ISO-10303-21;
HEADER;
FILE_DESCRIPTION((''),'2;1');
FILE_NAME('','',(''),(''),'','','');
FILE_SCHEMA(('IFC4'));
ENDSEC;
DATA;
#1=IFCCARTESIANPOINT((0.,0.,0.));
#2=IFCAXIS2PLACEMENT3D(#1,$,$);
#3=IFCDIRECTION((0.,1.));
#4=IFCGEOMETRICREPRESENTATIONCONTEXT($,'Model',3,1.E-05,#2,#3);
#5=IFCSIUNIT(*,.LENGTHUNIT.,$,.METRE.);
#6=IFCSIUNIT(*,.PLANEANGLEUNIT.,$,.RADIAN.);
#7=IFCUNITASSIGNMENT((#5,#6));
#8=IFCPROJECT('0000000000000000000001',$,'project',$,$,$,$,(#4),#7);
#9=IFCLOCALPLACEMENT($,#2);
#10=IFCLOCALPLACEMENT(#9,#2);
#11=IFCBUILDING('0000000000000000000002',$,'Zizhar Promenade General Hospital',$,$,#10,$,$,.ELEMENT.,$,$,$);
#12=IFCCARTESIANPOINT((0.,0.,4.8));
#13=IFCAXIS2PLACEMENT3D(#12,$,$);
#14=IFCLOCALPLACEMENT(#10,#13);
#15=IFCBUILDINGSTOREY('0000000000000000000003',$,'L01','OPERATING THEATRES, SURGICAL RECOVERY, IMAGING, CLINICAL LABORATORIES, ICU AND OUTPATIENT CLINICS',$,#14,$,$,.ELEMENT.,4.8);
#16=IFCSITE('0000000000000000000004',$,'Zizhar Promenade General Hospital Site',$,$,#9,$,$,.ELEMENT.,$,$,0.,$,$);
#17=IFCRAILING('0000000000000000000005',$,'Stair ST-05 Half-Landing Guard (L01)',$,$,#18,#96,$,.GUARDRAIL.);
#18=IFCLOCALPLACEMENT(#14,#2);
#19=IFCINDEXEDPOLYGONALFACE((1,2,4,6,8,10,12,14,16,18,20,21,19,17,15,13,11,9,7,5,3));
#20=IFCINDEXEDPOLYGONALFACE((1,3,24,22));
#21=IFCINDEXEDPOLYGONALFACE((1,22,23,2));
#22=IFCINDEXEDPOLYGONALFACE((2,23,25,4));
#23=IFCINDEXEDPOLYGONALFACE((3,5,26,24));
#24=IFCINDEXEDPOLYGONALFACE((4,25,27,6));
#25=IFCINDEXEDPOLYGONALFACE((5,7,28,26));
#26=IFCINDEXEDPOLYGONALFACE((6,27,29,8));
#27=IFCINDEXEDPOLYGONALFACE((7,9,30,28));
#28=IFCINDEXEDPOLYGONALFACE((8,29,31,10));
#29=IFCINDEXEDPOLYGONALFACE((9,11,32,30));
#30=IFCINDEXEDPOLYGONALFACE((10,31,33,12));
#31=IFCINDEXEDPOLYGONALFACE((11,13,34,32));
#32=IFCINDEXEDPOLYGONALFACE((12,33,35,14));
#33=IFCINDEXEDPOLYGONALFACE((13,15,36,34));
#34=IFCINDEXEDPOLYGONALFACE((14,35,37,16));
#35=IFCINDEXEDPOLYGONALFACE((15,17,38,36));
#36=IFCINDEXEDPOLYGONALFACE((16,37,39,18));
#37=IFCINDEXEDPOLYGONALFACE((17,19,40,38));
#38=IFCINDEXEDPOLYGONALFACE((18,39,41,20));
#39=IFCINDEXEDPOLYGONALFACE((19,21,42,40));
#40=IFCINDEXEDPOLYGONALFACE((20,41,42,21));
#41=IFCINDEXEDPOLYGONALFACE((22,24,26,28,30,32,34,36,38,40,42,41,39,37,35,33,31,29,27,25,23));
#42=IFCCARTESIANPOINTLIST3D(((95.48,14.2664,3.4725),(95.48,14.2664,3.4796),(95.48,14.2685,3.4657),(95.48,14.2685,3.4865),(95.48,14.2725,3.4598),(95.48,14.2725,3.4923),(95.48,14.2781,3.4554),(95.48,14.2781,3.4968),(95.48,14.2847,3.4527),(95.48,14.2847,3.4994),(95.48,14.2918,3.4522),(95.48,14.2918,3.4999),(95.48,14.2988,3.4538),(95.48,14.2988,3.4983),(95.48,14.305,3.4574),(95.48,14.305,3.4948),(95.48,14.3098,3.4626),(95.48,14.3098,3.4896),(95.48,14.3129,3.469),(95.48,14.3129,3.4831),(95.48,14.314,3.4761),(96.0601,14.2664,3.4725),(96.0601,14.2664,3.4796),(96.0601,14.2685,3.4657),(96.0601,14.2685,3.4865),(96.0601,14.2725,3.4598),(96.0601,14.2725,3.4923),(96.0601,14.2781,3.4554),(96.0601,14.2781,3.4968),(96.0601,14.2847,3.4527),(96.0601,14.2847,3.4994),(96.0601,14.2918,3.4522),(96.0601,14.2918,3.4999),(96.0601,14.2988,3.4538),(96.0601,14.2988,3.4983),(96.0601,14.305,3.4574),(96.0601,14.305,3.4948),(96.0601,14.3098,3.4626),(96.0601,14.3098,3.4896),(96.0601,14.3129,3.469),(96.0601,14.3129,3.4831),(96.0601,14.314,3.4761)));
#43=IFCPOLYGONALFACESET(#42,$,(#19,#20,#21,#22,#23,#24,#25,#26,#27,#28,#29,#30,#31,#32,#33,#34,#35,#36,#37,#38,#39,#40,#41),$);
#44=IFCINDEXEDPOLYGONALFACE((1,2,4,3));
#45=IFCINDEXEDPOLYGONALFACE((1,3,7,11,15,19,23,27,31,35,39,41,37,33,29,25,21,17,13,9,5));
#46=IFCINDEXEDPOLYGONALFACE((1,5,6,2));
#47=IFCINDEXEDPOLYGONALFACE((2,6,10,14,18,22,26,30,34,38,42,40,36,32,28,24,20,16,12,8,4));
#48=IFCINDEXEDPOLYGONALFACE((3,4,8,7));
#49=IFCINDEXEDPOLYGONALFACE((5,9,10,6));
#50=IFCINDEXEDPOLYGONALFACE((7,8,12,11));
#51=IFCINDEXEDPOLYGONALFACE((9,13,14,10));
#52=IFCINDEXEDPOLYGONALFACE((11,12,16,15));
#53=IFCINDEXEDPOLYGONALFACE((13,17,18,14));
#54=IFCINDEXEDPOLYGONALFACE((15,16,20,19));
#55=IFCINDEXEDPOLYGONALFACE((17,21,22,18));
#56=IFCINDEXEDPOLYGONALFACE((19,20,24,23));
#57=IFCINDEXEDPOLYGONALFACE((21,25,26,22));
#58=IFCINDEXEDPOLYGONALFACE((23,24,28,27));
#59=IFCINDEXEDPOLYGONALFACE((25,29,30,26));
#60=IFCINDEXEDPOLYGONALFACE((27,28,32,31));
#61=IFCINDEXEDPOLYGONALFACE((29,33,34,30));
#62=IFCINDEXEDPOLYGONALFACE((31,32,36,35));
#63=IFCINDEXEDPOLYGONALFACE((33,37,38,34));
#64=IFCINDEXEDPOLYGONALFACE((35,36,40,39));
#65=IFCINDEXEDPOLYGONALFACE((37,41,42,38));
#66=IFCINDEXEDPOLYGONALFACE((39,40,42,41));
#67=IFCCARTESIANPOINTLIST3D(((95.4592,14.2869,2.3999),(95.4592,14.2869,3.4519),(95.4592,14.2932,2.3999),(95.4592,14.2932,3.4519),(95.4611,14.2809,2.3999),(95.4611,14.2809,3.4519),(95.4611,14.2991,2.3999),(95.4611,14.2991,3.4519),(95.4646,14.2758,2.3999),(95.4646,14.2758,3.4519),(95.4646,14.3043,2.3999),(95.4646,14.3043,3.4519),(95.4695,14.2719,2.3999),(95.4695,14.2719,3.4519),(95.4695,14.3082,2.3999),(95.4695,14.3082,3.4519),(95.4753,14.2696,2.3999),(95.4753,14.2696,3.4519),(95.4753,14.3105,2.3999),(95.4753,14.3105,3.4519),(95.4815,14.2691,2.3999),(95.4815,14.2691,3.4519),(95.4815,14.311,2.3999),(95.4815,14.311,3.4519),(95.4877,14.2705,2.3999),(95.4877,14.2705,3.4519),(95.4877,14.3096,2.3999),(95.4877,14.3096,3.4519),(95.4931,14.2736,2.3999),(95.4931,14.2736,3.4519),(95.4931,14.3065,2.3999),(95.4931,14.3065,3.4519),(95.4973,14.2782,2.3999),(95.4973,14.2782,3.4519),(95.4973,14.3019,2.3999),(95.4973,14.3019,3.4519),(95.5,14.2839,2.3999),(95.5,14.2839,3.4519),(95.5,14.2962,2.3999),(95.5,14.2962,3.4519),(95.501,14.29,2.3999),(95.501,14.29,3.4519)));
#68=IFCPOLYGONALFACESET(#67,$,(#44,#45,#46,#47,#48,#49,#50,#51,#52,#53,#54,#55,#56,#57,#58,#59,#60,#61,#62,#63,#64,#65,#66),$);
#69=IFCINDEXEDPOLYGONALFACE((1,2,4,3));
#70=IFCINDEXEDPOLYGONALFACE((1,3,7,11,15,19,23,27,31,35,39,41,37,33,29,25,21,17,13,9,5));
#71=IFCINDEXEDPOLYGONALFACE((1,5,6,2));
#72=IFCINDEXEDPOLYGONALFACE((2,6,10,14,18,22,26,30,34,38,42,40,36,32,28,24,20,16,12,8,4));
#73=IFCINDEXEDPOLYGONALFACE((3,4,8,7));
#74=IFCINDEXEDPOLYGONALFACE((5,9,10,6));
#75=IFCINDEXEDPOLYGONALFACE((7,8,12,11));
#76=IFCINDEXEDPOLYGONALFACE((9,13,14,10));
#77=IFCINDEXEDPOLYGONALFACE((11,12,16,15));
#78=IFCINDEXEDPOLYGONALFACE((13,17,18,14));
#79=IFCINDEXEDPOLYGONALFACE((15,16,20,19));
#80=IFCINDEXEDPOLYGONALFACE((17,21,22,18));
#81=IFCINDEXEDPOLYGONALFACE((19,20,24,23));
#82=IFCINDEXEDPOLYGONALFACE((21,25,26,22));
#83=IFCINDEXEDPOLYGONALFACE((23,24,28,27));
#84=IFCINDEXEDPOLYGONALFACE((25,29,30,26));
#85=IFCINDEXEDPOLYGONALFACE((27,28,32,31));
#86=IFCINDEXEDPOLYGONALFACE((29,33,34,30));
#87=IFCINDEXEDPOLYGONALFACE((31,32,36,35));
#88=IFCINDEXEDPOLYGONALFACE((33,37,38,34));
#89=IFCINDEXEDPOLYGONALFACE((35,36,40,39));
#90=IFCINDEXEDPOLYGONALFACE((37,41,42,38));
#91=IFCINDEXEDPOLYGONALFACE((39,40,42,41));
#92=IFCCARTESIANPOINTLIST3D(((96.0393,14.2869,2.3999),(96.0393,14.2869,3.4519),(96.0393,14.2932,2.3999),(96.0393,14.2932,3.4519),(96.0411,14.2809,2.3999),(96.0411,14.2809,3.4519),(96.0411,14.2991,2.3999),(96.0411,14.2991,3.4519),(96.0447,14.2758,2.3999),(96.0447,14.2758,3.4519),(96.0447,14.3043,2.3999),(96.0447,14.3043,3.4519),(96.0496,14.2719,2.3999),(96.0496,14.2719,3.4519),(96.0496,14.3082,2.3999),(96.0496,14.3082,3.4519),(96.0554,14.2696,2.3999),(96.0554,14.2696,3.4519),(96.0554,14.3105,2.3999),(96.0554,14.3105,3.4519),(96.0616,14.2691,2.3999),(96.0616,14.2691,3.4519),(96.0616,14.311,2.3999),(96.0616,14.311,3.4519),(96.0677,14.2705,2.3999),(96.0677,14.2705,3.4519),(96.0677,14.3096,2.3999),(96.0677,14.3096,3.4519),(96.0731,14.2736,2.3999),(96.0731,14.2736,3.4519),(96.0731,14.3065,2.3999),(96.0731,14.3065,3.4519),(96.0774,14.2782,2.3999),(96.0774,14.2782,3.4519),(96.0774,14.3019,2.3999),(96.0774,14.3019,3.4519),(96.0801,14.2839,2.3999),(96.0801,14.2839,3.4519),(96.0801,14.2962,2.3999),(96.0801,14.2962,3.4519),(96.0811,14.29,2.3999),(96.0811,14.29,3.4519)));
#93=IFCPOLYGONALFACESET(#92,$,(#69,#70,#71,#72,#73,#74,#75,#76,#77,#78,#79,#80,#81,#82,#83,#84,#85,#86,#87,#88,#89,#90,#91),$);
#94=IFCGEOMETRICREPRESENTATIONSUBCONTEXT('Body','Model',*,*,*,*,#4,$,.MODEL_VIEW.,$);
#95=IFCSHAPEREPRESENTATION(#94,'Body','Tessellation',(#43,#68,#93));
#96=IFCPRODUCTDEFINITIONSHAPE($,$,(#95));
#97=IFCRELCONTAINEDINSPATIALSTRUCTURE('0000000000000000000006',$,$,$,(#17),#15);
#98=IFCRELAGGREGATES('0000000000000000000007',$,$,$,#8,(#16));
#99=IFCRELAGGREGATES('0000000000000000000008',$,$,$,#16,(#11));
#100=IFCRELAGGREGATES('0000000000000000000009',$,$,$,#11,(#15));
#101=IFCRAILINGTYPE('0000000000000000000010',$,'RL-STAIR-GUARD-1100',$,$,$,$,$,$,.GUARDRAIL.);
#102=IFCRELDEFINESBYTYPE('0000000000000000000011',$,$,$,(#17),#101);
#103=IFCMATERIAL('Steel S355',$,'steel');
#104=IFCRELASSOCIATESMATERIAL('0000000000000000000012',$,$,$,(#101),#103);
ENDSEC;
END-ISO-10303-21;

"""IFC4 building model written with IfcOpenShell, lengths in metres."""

from ifc_helpers import new_model, si_unit, direction, frame, origin, origin_2d, place, context, subcontext, project, spatial, circle, hollow_circle, extrude, material, material_profile, profile_set, type_object, element, save


model = new_model("IFC4")

# Units and contexts
model_context = context("Model", 3, precision=1e-05, world=origin(), true_north=direction((0.0, 1.0)))
body_context = subcontext(model_context, "Body", "Model", "MODEL_VIEW")
ifc_project = project(units=[si_unit("LENGTHUNIT", "METRE"), si_unit("PLANEANGLEUNIT", "RADIAN")], contexts=[model_context])

# Site, building, storey
site_placement = place(None, origin())
site = spatial("IfcSite", under=ifc_project, at=site_placement, Name="Zizhar Promenade General Hospital Site", CompositionType="ELEMENT", RefElevation=0.0)
building_placement = place(site_placement, origin())
building = spatial("IfcBuilding", under=site, at=building_placement, Name="Zizhar Promenade General Hospital", CompositionType="ELEMENT")
storey_placement = place(building_placement, frame((0.0, 0.0, 4.8)))
storey = spatial("IfcBuildingStorey", under=building, at=storey_placement, Name="L01", Description="OPERATING THEATRES, SURGICAL RECOVERY, IMAGING, CLINICAL LABORATORIES, ICU AND OUTPATIENT CLINICS", CompositionType="ELEMENT", Elevation=4.8)

# Railing
ifc_material_1 = material(Name="Steel S355", Category="steel")
ifc_material_profile_1 = material_profile(ifc_material_1, hollow_circle(Radius=0.0698, WallThickness=0.0063, at=origin_2d()))
ifc_profile_set_1 = profile_set([ifc_material_profile_1], Name="Steel S355")
railing_type_1 = type_object("IfcRailingType", Name="RL-STAIR-GUARD-1100", PredefinedType="GUARDRAIL", material=ifc_profile_set_1)
railing_1_placement = place(storey_placement, frame((95.48, 14.29, 2.3999)))
element("IfcRailing", 1, at=railing_1_placement, inside=storey, type_object=railing_type_1, Name="Stair ST-05 Half-Landing Guard (L01)", PredefinedType="GUARDRAIL", context=body_context, shape_type="SweptSolid", body=[
    extrude(circle(Radius=0.0239, at=origin_2d()), frame((0.0, 0.0, 1.0762), z_axis=(1.0, 0.0, 0.0), x_axis=(0.0, 1.0, 0.0)), (0.0, 0.0, 1.0), 0.5801),
    extrude(circle(Radius=0.021, at=origin_2d()), origin(), (0.0, 0.0, 1.0), 1.052),
    extrude(circle(Radius=0.021, at=origin_2d()), frame((0.5801, 0.0, 0.0)), (0.0, 0.0, 1.0), 1.052),
])

save(model, "model.ifc")
